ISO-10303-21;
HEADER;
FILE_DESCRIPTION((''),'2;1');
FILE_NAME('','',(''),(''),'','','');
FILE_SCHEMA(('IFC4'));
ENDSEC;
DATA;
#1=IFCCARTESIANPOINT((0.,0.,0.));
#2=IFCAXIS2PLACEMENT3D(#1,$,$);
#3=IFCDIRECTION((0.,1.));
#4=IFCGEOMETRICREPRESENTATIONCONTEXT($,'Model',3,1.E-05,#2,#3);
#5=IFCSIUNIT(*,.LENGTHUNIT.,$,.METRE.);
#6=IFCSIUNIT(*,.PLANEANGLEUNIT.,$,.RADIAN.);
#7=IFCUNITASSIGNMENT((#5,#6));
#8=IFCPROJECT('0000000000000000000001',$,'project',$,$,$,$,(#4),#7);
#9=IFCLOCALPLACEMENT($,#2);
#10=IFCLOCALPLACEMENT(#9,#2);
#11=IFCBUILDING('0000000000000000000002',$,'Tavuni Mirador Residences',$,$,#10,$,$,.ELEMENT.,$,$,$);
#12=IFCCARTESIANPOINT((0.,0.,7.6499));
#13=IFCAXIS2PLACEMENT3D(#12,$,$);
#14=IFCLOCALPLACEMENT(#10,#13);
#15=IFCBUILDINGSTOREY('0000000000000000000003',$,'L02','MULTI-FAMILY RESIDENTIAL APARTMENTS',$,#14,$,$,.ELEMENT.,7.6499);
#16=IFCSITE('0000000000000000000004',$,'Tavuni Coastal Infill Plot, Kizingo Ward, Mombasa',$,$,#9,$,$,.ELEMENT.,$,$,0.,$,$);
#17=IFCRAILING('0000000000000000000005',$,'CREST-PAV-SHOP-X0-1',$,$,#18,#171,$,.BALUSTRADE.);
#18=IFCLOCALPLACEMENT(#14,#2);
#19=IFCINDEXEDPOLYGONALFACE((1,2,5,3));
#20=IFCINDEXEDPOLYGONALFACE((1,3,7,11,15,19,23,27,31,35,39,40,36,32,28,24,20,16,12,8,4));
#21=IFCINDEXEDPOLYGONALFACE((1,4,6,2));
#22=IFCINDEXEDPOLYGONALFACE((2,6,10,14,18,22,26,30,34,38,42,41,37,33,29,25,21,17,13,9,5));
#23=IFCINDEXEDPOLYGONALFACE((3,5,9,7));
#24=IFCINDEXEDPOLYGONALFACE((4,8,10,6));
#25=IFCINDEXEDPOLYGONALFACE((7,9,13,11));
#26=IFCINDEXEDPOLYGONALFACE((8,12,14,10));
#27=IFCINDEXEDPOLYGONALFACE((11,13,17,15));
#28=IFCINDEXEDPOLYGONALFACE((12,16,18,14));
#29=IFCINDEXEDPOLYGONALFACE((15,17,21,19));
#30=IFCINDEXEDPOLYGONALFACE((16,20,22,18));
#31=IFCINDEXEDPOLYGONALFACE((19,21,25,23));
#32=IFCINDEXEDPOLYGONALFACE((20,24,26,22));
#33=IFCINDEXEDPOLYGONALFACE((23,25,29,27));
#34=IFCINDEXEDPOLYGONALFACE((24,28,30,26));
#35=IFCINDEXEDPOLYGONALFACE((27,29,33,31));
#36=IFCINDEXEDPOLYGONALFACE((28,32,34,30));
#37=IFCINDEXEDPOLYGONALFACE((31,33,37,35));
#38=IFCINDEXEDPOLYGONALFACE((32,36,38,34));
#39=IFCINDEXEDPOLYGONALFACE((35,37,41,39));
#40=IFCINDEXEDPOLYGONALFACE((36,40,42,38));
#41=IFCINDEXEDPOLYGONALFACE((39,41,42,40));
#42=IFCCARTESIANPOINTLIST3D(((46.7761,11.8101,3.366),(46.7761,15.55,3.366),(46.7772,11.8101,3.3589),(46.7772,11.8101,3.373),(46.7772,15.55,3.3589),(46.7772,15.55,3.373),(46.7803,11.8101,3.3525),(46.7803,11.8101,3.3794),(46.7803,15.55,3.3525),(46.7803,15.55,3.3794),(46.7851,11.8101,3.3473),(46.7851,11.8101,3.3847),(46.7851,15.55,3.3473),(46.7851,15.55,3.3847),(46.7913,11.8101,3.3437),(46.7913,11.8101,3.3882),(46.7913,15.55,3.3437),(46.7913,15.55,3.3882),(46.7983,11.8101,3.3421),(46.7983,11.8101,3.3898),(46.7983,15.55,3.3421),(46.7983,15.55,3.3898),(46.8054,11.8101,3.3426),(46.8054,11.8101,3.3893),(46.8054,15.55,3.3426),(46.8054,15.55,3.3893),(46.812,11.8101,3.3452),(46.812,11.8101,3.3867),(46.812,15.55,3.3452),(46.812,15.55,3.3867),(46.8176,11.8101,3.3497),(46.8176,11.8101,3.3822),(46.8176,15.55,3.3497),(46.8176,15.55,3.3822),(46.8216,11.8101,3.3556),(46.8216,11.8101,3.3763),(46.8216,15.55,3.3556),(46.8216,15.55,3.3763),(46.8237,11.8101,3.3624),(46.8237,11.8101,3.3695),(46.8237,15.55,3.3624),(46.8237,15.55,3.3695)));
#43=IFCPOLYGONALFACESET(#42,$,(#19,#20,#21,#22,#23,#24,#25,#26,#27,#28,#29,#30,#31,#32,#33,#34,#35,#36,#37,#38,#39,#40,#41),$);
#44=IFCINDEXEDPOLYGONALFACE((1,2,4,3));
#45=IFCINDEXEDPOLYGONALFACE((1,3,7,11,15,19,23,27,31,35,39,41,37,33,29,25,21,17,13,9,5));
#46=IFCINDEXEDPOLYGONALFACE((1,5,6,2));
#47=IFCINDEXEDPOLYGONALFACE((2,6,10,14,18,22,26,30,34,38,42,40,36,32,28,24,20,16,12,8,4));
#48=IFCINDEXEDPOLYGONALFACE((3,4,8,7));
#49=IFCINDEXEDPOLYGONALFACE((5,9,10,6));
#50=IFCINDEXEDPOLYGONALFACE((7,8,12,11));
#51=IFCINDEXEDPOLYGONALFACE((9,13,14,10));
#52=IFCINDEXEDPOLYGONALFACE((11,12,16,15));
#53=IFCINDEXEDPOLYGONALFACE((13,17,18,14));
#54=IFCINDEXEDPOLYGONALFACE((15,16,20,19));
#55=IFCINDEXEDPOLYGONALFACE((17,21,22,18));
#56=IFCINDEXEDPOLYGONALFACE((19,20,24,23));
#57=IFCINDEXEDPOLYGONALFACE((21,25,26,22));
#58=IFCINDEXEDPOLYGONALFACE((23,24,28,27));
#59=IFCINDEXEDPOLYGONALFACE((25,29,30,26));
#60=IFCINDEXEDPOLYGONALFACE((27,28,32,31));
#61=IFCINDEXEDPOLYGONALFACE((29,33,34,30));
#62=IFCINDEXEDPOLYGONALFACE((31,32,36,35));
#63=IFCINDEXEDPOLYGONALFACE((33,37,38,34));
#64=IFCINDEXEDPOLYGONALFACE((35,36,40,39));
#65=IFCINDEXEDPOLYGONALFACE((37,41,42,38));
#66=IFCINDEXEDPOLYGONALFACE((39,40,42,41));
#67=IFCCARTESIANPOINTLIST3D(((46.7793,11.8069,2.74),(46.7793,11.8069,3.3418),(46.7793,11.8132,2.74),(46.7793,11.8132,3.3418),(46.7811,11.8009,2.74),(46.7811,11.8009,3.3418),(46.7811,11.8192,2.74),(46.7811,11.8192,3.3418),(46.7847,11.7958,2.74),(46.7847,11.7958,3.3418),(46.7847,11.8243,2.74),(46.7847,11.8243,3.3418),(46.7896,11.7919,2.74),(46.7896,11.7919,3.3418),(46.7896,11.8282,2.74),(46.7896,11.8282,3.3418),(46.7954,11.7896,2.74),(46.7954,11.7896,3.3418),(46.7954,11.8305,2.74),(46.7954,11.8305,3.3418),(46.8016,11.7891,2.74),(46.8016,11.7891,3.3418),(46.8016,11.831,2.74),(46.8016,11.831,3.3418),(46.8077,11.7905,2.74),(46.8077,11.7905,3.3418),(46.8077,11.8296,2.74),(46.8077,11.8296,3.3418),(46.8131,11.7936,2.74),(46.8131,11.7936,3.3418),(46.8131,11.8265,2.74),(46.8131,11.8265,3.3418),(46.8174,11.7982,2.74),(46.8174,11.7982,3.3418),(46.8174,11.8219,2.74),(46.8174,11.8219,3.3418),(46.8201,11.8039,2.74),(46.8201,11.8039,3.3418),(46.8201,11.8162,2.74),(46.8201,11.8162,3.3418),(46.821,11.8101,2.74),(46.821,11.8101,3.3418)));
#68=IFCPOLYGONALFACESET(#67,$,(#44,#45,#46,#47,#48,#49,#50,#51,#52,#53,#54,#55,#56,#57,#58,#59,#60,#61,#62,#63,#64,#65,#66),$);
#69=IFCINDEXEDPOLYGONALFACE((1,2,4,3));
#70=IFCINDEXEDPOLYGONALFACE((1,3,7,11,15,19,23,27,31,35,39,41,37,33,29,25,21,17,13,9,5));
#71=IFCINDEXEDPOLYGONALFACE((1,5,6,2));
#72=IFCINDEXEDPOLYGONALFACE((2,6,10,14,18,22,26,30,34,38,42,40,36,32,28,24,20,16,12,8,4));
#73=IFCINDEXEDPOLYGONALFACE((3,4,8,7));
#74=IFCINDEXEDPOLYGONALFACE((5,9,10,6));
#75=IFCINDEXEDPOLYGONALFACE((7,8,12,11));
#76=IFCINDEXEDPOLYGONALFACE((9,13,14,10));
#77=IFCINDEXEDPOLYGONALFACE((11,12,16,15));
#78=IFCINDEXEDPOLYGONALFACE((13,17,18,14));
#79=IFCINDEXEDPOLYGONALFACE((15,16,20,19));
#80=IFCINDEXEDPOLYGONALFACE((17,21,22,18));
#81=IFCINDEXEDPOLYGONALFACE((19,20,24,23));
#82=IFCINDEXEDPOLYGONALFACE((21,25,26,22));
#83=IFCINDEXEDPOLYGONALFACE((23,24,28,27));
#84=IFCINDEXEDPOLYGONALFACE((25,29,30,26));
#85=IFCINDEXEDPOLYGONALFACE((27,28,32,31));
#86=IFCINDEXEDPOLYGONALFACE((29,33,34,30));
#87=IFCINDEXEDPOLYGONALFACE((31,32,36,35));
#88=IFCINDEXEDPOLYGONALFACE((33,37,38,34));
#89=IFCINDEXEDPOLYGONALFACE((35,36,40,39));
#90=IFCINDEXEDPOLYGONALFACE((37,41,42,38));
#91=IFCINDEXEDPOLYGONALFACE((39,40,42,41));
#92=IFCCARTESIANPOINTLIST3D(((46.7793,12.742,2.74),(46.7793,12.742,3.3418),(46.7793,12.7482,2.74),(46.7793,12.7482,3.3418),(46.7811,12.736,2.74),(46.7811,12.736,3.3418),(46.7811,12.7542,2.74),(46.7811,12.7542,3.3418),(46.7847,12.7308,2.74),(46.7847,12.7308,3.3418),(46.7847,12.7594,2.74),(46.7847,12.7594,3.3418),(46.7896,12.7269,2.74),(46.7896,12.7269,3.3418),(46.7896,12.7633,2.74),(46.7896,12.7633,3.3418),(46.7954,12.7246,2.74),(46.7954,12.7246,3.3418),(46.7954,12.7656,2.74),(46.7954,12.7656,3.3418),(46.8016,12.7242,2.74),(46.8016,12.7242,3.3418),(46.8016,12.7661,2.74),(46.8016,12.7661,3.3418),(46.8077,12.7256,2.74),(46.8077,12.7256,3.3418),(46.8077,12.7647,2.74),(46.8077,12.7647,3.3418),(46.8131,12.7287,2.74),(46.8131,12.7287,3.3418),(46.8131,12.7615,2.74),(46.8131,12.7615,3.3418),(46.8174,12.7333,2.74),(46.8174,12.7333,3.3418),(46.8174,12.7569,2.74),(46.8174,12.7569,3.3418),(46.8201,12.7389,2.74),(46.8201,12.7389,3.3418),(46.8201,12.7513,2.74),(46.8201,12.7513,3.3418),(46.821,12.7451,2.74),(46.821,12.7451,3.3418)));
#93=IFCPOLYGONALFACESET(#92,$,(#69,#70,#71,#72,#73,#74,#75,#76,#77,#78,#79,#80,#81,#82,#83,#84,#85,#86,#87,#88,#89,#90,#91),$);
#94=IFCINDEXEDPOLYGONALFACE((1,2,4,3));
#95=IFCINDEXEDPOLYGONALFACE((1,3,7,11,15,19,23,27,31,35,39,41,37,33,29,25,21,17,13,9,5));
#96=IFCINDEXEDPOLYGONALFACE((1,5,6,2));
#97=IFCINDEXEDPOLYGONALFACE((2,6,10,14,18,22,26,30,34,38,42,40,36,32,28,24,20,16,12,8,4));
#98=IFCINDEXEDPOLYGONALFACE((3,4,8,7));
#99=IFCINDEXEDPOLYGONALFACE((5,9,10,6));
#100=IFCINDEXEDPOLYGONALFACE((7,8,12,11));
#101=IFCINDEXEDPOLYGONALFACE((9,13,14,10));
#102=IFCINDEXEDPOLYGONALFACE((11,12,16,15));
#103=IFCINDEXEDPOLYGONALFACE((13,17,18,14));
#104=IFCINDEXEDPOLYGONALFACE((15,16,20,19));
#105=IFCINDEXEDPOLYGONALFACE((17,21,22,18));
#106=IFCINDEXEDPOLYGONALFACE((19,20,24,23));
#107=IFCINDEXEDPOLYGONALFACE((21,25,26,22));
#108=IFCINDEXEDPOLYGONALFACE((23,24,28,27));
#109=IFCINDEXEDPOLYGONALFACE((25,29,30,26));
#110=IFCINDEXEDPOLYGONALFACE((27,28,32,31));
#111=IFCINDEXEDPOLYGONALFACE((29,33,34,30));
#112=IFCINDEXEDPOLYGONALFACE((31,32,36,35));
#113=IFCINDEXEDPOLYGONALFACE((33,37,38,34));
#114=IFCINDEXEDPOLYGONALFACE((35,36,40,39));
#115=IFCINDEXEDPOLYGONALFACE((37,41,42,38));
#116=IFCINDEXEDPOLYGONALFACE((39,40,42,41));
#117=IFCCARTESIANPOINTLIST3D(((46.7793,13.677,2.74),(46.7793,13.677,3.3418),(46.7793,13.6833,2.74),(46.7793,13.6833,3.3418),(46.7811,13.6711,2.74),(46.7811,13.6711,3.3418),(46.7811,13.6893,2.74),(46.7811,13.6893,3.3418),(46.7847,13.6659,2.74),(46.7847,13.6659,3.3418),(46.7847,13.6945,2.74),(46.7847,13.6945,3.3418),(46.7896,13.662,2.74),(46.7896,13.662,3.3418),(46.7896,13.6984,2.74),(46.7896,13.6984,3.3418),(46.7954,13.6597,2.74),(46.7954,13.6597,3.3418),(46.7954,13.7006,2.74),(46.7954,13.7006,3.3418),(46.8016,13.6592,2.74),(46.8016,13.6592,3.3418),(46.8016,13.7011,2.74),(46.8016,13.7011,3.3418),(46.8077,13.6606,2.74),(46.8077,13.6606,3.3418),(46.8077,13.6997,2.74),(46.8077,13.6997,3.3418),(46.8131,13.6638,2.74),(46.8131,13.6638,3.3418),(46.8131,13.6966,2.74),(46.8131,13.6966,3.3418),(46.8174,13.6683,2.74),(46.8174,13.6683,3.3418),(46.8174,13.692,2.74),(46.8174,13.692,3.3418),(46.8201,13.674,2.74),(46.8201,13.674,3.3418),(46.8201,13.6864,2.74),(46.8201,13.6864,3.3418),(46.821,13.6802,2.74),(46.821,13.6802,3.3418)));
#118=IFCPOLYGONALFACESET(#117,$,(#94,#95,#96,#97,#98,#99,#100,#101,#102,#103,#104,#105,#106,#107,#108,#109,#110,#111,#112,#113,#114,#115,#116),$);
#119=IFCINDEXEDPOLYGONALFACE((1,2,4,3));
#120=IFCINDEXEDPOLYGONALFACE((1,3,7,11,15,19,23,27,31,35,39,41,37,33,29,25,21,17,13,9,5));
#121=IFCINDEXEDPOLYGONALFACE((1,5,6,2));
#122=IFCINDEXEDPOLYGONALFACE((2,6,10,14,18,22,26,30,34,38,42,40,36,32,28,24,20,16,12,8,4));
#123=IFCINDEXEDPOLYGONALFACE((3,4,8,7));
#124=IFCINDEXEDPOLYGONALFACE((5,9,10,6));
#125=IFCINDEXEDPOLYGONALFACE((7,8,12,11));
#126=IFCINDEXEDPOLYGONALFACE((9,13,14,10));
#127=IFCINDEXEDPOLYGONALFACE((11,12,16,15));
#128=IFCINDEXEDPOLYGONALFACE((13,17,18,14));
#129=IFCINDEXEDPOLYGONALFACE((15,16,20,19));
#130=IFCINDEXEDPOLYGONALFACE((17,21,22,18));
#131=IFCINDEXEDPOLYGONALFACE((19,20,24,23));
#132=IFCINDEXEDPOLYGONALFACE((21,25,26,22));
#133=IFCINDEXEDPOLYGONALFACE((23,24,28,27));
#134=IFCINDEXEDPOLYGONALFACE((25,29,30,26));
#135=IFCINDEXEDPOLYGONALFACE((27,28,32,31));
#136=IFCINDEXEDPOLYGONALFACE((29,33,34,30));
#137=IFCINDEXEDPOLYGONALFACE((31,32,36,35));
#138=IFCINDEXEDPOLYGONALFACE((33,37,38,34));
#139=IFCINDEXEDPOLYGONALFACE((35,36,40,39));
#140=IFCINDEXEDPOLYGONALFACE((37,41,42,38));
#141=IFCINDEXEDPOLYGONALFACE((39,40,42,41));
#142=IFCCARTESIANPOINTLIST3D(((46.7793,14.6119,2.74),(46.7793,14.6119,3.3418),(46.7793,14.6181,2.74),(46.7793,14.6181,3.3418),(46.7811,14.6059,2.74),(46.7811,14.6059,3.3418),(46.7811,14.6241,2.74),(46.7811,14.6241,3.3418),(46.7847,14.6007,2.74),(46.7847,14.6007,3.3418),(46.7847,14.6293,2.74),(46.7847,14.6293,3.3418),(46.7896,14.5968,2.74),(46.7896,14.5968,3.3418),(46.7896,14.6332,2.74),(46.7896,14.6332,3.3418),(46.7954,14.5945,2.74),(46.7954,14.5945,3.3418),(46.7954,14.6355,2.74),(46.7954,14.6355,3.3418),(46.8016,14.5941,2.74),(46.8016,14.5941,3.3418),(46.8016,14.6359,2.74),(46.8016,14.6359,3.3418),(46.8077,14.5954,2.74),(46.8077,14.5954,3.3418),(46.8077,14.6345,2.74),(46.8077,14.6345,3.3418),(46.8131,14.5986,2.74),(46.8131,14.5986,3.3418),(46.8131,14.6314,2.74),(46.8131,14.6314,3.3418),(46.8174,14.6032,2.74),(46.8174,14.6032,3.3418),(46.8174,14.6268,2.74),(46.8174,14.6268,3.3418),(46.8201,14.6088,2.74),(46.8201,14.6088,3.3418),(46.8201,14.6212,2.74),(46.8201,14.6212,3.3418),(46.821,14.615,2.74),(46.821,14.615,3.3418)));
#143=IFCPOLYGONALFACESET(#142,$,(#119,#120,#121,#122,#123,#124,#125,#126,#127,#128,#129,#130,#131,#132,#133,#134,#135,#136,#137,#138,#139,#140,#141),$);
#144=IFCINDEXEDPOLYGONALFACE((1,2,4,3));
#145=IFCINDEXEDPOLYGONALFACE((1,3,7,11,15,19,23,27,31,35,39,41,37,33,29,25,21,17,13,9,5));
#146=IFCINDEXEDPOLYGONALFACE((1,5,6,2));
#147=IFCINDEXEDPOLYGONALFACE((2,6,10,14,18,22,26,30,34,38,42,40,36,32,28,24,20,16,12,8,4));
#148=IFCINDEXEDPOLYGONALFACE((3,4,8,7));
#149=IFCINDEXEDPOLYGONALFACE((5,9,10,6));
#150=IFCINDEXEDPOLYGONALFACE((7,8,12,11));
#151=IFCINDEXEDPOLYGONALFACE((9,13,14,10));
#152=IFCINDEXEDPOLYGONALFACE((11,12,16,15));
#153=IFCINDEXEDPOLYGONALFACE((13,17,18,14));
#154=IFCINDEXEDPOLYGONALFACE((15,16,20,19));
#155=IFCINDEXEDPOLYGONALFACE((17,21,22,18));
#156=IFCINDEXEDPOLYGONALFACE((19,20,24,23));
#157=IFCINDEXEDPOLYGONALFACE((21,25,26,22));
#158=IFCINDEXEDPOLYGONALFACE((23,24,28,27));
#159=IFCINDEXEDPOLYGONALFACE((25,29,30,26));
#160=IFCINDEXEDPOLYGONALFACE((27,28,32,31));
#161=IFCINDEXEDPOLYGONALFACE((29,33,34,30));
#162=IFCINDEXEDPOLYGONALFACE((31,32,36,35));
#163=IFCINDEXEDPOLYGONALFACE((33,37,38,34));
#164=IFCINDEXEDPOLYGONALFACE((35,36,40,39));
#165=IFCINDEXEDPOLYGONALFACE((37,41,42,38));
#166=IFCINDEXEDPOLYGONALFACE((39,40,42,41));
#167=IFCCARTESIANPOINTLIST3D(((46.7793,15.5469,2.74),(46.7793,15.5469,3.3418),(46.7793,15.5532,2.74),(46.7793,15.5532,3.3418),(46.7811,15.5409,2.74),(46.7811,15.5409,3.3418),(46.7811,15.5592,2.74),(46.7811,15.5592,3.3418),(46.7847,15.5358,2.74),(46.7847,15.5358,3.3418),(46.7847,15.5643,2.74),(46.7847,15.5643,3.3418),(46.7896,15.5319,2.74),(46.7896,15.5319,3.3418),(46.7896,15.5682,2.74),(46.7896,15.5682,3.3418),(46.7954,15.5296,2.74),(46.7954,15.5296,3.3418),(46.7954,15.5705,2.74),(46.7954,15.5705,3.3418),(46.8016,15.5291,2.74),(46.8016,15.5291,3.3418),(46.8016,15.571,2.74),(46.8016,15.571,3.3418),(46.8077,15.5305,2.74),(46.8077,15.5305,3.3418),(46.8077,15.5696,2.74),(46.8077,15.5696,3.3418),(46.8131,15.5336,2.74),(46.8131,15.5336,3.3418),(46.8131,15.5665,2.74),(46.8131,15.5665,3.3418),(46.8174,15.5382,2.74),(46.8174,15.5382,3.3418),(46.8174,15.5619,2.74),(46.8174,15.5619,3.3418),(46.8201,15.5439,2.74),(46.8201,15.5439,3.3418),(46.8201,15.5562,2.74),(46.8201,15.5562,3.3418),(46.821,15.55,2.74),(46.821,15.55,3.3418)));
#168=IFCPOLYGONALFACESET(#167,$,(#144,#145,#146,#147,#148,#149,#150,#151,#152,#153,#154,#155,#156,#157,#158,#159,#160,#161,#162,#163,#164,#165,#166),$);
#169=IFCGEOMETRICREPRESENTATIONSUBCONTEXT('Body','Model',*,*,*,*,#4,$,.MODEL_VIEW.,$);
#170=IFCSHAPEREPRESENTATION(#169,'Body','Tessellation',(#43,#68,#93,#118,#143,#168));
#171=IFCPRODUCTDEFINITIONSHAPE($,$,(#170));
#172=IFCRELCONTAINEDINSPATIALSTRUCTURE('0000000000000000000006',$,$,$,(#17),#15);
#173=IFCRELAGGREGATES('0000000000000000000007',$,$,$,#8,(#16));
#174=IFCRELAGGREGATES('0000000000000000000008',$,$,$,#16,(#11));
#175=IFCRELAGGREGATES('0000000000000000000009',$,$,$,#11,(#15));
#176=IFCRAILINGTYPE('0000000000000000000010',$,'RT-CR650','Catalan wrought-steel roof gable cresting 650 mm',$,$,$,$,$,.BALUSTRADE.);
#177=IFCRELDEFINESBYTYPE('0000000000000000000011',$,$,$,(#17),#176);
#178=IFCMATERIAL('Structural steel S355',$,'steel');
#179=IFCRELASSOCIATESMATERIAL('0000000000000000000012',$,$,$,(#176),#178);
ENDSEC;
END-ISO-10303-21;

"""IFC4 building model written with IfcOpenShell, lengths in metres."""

from ifc_helpers import new_model, si_unit, direction, frame, origin, origin_2d, place, context, subcontext, project, spatial, circle, extrude, material, type_object, element, save


model = new_model("IFC4")

# Units and contexts
model_context = context("Model", 3, precision=1e-05, world=origin(), true_north=direction((0.0, 1.0)))
body_context = subcontext(model_context, "Body", "Model", "MODEL_VIEW")
ifc_project = project(units=[si_unit("LENGTHUNIT", "METRE"), si_unit("PLANEANGLEUNIT", "RADIAN")], contexts=[model_context])

# Site, building, storey
site_placement = place(None, origin())
site = spatial("IfcSite", under=ifc_project, at=site_placement, Name="Tavuni Coastal Infill Plot, Kizingo Ward, Mombasa", CompositionType="ELEMENT", RefElevation=0.0)
building_placement = place(site_placement, origin())
building = spatial("IfcBuilding", under=site, at=building_placement, Name="Tavuni Mirador Residences", CompositionType="ELEMENT")
storey_placement = place(building_placement, frame((0.0, 0.0, 7.6499)))
storey = spatial("IfcBuildingStorey", under=building, at=storey_placement, Name="L02", Description="MULTI-FAMILY RESIDENTIAL APARTMENTS", CompositionType="ELEMENT", Elevation=7.6499)

# Shared definitions
ifc_material_1 = material(Name="Structural steel S355", Category="steel")

# Railing
railing_type = type_object("IfcRailingType", Name="RT-CR650", Description="Catalan wrought-steel roof gable cresting 650 mm", PredefinedType="BALUSTRADE", material=ifc_material_1)
for number, where, name in (
    (1, (46.8, 11.8101, 2.74), "CREST-PAV-SHOP-X0-1"),
):
    element("IfcRailing", number, at=place(storey_placement, frame(where)), inside=storey, type_object=railing_type, Name=name, PredefinedType="BALUSTRADE", context=body_context, shape_type="SweptSolid", body=[
        extrude(circle(Radius=0.0239, at=origin_2d()), frame((0.0, 0.0, 0.626), z_axis=(0.0, 1.0, 0.0), x_axis=(-1.0, 0.0, 0.0)), (0.0, 0.0, 1.0), 3.74),
        extrude(circle(Radius=0.021, at=origin_2d()), origin(), (0.0, 0.0, 1.0), 0.6018),
        extrude(circle(Radius=0.021, at=origin_2d()), frame((0.0, 0.9351, 0.0)), (0.0, 0.0, 1.0), 0.6018),
        extrude(circle(Radius=0.021, at=origin_2d()), frame((0.0, 1.8701, 0.0)), (0.0, 0.0, 1.0), 0.6018),
        extrude(circle(Radius=0.021, at=origin_2d()), frame((0.0, 2.8049, 0.0)), (0.0, 0.0, 1.0), 0.6018),
        extrude(circle(Radius=0.021, at=origin_2d()), frame((0.0, 3.74, 0.0)), (0.0, 0.0, 1.0), 0.6018),
    ])

save(model, "model.ifc")
